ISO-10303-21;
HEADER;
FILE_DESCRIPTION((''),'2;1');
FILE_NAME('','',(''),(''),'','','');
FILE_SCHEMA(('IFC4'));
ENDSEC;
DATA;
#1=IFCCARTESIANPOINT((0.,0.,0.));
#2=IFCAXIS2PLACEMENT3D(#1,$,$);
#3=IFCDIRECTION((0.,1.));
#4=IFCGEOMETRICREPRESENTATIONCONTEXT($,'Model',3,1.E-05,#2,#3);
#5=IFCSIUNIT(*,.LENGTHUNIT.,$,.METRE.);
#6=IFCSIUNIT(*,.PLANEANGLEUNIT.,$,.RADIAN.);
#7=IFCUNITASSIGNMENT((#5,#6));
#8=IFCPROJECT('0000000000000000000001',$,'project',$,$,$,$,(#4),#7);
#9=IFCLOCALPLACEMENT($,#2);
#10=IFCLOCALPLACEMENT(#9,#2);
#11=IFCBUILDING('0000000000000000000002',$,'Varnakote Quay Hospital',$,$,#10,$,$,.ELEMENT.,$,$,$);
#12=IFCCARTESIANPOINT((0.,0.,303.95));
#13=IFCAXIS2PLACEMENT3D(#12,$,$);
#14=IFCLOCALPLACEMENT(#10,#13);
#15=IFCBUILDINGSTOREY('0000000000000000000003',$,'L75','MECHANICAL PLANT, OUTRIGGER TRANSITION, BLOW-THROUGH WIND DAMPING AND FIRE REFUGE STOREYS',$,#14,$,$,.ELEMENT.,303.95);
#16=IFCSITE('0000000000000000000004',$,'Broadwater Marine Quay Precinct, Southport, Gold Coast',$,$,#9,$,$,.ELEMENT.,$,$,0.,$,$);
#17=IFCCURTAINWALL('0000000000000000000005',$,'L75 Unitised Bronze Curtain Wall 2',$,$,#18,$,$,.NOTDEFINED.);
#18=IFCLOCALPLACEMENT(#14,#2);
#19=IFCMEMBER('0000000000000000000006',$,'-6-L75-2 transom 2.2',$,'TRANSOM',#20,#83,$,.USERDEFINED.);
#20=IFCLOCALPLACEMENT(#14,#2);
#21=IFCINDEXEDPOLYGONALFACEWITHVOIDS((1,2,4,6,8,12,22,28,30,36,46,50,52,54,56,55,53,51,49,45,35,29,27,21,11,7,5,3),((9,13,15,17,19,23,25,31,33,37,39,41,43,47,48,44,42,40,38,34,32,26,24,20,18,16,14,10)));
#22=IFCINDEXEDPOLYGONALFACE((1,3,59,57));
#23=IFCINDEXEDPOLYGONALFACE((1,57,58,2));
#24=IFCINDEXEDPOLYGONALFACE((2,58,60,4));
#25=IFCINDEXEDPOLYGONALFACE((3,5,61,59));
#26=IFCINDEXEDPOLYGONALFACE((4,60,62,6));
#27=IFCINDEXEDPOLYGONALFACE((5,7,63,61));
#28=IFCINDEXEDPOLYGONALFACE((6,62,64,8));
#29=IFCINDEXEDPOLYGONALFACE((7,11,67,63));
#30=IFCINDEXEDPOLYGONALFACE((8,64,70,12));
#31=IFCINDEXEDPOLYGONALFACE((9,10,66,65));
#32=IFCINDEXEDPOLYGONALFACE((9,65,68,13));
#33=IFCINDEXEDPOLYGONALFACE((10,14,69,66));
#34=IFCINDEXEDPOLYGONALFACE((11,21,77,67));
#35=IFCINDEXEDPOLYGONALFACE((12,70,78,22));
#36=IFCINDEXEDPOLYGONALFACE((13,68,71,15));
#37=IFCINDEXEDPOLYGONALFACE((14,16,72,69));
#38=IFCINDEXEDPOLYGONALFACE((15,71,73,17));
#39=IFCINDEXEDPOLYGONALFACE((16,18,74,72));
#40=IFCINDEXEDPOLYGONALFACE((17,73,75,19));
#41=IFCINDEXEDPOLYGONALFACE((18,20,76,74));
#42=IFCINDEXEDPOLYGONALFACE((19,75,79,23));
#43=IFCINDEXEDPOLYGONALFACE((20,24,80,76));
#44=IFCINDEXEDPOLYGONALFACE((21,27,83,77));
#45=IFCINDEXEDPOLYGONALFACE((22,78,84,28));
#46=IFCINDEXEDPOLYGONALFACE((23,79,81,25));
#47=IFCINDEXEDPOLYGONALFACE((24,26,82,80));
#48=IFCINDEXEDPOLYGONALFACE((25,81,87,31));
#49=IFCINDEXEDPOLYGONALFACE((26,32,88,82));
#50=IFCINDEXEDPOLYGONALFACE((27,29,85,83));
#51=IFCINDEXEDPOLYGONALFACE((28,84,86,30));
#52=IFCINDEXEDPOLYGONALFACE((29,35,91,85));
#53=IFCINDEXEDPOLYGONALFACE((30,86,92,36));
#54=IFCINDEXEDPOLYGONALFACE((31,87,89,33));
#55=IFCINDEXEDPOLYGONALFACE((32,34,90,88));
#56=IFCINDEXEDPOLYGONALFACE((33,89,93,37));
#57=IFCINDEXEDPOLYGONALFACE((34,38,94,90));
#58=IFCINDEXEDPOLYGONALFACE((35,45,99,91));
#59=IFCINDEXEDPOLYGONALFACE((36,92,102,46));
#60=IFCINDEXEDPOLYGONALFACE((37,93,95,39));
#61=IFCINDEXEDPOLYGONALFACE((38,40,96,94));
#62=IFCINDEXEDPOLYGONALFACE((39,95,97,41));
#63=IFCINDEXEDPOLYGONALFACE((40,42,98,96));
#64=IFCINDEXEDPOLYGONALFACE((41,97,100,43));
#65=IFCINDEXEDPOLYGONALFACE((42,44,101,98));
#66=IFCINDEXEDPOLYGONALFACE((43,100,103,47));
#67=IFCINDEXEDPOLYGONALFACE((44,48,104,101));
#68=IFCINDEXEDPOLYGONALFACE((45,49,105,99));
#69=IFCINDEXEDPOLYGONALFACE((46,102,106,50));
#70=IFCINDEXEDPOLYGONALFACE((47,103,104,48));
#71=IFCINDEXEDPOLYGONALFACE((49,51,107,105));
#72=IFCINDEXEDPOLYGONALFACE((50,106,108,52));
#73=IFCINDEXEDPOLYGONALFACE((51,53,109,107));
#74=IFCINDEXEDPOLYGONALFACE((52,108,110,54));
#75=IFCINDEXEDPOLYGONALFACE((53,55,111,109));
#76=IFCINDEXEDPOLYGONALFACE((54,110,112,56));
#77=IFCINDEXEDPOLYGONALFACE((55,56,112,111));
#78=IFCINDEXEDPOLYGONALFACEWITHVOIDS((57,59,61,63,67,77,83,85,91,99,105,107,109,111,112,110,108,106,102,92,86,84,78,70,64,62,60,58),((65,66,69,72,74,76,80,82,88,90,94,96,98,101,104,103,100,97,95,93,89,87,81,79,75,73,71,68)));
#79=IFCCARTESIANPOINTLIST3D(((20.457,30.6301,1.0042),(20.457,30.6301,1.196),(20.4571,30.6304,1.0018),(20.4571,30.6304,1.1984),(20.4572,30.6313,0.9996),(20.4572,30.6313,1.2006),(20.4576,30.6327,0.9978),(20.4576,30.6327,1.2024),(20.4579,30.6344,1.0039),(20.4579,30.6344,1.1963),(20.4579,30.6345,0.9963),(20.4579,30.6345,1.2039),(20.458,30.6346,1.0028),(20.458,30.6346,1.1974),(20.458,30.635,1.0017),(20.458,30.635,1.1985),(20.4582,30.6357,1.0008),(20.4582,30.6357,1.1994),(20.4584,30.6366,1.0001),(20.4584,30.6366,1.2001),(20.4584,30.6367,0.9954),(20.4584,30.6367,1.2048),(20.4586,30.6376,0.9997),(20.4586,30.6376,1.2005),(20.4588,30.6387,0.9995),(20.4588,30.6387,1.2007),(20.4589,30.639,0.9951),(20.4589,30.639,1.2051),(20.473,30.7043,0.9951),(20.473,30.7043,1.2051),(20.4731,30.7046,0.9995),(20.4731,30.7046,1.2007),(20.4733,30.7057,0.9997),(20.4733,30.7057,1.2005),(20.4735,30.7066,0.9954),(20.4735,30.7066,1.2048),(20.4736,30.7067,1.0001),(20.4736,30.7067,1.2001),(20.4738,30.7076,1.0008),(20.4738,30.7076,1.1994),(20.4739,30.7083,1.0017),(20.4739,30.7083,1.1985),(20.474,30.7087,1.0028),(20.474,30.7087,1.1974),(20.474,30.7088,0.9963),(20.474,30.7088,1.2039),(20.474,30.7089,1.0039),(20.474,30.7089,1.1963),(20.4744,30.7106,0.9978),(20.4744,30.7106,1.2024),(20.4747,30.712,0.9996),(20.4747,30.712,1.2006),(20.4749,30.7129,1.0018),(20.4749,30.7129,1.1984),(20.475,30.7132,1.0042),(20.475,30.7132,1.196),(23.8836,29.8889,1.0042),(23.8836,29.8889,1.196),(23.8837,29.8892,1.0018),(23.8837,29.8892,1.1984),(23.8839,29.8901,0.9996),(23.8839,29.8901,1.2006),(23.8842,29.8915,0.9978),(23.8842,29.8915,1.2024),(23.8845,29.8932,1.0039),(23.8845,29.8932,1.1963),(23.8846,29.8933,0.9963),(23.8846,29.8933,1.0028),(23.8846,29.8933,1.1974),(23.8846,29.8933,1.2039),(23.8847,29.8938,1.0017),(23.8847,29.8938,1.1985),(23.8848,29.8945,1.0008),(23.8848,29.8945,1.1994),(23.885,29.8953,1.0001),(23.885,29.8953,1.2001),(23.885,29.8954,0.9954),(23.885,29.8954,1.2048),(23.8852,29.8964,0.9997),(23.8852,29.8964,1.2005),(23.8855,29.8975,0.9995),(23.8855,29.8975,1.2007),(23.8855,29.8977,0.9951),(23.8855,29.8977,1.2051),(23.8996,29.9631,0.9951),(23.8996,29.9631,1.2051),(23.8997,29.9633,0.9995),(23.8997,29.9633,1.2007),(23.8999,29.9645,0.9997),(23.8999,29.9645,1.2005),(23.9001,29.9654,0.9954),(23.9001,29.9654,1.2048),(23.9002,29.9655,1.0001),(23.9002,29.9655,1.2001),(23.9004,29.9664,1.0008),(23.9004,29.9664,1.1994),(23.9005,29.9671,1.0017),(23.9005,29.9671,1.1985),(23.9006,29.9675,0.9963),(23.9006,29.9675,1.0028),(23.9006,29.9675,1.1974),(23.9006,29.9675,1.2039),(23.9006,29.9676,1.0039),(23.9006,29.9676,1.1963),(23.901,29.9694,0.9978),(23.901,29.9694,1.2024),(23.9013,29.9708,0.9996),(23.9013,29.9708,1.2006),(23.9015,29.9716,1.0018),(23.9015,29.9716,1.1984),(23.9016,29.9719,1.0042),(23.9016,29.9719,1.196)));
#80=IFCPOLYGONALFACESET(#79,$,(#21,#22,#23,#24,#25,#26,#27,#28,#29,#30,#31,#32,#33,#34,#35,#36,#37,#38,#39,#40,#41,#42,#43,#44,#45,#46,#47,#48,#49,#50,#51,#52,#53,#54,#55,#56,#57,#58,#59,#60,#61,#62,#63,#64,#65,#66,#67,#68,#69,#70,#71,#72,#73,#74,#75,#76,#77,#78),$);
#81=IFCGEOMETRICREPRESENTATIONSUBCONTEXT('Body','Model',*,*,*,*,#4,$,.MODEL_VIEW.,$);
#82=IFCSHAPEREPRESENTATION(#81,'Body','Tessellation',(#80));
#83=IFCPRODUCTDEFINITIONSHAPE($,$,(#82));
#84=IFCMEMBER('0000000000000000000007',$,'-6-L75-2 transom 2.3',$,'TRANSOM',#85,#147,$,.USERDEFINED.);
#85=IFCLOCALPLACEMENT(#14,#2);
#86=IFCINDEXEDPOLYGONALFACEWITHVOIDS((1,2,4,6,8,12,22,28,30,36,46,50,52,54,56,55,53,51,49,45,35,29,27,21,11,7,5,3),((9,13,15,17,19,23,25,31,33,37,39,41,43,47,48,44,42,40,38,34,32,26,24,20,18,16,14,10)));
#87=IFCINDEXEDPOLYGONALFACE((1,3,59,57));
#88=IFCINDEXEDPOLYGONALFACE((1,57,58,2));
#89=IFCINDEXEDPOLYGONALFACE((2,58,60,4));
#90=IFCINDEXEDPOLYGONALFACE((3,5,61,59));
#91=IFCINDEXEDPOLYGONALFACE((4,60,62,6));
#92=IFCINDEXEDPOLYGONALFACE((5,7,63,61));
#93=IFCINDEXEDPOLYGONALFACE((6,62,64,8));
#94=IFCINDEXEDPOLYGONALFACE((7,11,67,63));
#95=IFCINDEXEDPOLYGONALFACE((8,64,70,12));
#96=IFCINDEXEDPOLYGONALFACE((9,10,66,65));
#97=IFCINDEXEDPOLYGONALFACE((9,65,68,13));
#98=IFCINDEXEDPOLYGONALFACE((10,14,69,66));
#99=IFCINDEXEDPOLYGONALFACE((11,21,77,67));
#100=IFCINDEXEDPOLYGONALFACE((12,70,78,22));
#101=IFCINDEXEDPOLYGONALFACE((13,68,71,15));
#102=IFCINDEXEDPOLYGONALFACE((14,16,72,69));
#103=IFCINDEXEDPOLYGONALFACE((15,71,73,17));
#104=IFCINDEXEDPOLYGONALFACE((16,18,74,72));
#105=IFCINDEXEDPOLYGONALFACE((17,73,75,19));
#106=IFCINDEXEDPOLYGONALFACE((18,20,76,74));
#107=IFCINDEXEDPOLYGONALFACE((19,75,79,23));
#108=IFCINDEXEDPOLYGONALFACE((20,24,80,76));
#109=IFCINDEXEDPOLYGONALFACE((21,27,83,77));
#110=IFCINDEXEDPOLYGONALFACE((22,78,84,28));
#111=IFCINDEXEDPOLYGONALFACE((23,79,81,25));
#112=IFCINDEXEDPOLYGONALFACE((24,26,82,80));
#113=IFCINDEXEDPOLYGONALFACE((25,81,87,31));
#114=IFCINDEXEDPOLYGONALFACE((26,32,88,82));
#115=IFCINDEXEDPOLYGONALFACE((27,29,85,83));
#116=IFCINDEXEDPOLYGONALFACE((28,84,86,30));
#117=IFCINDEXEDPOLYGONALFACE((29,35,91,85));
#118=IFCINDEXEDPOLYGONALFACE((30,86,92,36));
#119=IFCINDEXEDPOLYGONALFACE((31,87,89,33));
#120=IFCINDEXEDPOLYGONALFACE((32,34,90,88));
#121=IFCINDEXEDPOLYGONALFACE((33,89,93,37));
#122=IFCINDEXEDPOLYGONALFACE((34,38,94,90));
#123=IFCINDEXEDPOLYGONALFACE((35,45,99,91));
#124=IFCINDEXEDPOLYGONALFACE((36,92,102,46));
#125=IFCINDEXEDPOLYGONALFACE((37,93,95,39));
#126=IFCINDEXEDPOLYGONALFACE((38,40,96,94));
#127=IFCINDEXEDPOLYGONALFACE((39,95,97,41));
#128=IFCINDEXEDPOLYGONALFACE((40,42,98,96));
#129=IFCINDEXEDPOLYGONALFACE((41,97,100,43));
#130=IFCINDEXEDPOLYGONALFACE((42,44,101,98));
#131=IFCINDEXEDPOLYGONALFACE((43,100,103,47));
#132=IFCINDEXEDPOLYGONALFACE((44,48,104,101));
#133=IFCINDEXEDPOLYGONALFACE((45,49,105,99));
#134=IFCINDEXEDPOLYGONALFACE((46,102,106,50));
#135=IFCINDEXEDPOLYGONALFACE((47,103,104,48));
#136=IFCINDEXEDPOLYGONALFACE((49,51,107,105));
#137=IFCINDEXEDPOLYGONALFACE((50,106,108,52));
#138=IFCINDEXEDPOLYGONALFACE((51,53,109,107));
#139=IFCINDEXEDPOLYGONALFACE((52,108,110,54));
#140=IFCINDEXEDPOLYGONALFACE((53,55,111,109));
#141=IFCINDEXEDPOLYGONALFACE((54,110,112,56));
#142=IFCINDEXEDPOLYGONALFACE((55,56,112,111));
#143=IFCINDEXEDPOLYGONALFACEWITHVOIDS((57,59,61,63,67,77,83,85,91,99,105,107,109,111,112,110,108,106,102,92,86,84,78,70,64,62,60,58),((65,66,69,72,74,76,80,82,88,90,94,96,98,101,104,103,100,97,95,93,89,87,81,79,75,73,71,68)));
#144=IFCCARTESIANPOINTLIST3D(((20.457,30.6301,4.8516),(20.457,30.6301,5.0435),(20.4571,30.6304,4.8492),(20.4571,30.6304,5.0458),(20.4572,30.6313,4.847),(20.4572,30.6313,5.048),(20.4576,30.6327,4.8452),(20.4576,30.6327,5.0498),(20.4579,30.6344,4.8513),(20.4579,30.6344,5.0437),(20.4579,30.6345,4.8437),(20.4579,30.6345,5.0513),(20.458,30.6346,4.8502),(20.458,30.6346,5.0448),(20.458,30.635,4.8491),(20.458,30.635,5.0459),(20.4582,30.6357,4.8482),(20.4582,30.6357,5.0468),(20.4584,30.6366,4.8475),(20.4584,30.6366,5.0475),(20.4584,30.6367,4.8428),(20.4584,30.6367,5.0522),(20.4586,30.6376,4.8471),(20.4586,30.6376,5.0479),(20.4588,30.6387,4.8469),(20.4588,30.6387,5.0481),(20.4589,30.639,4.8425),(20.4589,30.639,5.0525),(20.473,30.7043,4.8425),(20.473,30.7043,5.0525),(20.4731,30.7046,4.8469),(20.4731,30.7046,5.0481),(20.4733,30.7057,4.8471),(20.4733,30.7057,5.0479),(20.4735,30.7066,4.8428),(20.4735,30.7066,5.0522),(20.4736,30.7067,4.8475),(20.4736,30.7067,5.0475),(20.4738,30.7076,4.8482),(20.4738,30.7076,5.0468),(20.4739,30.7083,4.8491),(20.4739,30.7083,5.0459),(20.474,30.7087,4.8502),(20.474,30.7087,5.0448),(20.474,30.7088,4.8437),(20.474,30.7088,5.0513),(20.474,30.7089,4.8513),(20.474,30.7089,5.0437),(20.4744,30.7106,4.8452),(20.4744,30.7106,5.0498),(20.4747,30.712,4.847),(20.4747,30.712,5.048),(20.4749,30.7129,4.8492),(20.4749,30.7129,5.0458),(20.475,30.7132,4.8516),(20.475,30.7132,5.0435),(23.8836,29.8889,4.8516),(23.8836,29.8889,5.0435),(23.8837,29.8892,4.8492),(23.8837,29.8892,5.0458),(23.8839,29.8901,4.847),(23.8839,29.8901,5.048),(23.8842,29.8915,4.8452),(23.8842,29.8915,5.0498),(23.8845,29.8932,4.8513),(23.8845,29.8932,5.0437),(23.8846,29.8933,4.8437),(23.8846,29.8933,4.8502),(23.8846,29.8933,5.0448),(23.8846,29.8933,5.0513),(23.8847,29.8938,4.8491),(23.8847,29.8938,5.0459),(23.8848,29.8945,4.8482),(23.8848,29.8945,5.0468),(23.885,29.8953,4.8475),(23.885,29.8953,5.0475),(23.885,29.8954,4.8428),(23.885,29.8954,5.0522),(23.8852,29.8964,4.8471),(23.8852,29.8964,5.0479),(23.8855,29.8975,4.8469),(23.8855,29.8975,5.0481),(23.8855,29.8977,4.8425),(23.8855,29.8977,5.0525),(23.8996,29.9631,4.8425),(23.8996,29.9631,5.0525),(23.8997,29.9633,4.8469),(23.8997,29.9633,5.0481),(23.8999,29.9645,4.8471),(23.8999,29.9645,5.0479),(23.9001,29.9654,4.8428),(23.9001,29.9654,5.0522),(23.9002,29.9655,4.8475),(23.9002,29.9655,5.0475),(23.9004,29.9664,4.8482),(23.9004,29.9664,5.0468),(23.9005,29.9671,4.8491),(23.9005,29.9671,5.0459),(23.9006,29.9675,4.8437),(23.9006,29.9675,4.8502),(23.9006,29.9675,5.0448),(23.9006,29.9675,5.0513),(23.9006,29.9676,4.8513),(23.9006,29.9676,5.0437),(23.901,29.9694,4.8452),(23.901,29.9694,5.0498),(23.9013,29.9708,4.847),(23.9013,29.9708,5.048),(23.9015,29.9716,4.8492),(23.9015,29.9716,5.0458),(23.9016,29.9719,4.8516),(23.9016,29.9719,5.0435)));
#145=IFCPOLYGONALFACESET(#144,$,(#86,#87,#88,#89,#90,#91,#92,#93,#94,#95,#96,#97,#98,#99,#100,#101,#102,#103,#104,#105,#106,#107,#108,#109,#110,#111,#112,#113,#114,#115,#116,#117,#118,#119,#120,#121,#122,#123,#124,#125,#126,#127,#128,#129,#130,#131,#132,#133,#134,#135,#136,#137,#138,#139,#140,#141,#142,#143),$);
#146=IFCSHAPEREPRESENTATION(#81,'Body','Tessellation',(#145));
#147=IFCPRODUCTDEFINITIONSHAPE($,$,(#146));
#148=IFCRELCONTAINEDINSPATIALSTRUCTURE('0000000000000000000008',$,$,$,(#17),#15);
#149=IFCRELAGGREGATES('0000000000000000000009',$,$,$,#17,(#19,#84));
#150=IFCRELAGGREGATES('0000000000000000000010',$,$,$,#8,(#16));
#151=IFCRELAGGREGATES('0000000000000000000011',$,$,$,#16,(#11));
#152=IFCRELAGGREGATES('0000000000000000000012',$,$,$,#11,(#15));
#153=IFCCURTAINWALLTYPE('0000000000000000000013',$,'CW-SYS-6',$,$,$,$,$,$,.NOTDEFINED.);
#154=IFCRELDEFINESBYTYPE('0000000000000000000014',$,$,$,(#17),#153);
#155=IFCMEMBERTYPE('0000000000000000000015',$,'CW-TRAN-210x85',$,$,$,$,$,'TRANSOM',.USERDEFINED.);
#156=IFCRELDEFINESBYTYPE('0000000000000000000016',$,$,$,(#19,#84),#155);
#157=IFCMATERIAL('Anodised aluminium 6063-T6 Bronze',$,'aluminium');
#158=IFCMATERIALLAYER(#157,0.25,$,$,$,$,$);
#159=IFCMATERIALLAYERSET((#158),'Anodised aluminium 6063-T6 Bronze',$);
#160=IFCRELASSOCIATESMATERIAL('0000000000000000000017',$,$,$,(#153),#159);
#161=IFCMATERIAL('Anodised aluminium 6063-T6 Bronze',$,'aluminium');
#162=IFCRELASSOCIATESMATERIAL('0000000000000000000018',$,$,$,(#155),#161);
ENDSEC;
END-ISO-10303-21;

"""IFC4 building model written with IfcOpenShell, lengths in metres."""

from ifc_helpers import new_model, si_unit, direction, frame, origin, origin_2d, place, context, subcontext, project, spatial, hollow_rectangle, extrude, material, layer, layer_set, material_profile, profile_set, type_object, element, aggregate, save


model = new_model("IFC4")

# Units and contexts
model_context = context("Model", 3, precision=1e-05, world=origin(), true_north=direction((0.0, 1.0)))
body_context = subcontext(model_context, "Body", "Model", "MODEL_VIEW")
ifc_project = project(units=[si_unit("LENGTHUNIT", "METRE"), si_unit("PLANEANGLEUNIT", "RADIAN")], contexts=[model_context])

# Site, building, storey
site_placement = place(None, origin())
site = spatial("IfcSite", under=ifc_project, at=site_placement, Name="Broadwater Marine Quay Precinct, Southport, Gold Coast", CompositionType="ELEMENT", RefElevation=0.0)
building_placement = place(site_placement, origin())
building = spatial("IfcBuilding", under=site, at=building_placement, Name="Varnakote Quay Hospital", CompositionType="ELEMENT")
storey_placement = place(building_placement, frame((0.0, 0.0, 303.95)))
storey = spatial("IfcBuildingStorey", under=building, at=storey_placement, Name="L75", Description="MECHANICAL PLANT, OUTRIGGER TRANSITION, BLOW-THROUGH WIND DAMPING AND FIRE REFUGE STOREYS", CompositionType="ELEMENT", Elevation=303.95)

# Curtain wall, members
ifc_material_1 = material(Name="Anodised aluminium 6063-T6 Bronze", Category="aluminium")
ifc_layer_1 = layer(ifc_material_1, 0.25)
ifc_layer_set_1 = layer_set([ifc_layer_1], Name="Anodised aluminium 6063-T6 Bronze")
curtain_wall_type = type_object("IfcCurtainWallType", Name="CW-SYS-6", PredefinedType="NOTDEFINED", material=ifc_layer_set_1)
curtain_wall_placement = place(storey_placement, origin())
curtain_wall = element("IfcCurtainWall", 1, at=curtain_wall_placement, inside=storey, type_object=curtain_wall_type, Name="L75 Unitised Bronze Curtain Wall 2", PredefinedType="NOTDEFINED")
ifc_material_2 = material(Name="Anodised aluminium 6063-T6 Bronze", Category="aluminium")
ifc_material_profile_1 = material_profile(ifc_material_2, hollow_rectangle(XDim=0.085, YDim=0.21, WallThickness=0.0044, InnerFilletRadius=0.0044, OuterFilletRadius=0.009, at=origin_2d()), Name="CW-TRAN-210x85")
ifc_profile_set_1 = profile_set([ifc_material_profile_1], Name="Anodised aluminium 6063-T6 Bronze")
member_type_1 = type_object("IfcMemberType", Name="CW-TRAN-210x85", ElementType="TRANSOM", PredefinedType="USERDEFINED", material=ifc_profile_set_1)
member_1_placement = place(storey_placement, frame((23.8926, 29.9304, 1.1001), z_axis=(-0.977394, 0.211426, 0.0), x_axis=(-0.211426, -0.977394, 0.0)))
member_1 = element("IfcMember", 2, at=member_1_placement, type_object=member_type_1, Name="-6-L75-2 transom 2.2", ObjectType="TRANSOM", PredefinedType="USERDEFINED", context=body_context, shape_type="SweptSolid", body=[
    extrude(hollow_rectangle(XDim=0.085, YDim=0.21, WallThickness=0.0044, InnerFilletRadius=0.0044, OuterFilletRadius=0.009, at=origin_2d()), origin(), (0.0, 0.0, 1.0), 3.5059),
])
member_2_placement = place(storey_placement, frame((23.8926, 29.9304, 4.9475), z_axis=(-0.977394, 0.211426, 0.0), x_axis=(-0.211426, -0.977394, 0.0)))
member_2 = element("IfcMember", 3, at=member_2_placement, type_object=member_type_1, Name="-6-L75-2 transom 2.3", ObjectType="TRANSOM", PredefinedType="USERDEFINED", context=body_context, shape_type="SweptSolid", body=[
    extrude(hollow_rectangle(XDim=0.085, YDim=0.21, WallThickness=0.0044, InnerFilletRadius=0.0044, OuterFilletRadius=0.009, at=origin_2d()), origin(), (0.0, 0.0, 1.0), 3.5059),
])

aggregate(curtain_wall, [member_1, member_2])

save(model, "model.ifc")
